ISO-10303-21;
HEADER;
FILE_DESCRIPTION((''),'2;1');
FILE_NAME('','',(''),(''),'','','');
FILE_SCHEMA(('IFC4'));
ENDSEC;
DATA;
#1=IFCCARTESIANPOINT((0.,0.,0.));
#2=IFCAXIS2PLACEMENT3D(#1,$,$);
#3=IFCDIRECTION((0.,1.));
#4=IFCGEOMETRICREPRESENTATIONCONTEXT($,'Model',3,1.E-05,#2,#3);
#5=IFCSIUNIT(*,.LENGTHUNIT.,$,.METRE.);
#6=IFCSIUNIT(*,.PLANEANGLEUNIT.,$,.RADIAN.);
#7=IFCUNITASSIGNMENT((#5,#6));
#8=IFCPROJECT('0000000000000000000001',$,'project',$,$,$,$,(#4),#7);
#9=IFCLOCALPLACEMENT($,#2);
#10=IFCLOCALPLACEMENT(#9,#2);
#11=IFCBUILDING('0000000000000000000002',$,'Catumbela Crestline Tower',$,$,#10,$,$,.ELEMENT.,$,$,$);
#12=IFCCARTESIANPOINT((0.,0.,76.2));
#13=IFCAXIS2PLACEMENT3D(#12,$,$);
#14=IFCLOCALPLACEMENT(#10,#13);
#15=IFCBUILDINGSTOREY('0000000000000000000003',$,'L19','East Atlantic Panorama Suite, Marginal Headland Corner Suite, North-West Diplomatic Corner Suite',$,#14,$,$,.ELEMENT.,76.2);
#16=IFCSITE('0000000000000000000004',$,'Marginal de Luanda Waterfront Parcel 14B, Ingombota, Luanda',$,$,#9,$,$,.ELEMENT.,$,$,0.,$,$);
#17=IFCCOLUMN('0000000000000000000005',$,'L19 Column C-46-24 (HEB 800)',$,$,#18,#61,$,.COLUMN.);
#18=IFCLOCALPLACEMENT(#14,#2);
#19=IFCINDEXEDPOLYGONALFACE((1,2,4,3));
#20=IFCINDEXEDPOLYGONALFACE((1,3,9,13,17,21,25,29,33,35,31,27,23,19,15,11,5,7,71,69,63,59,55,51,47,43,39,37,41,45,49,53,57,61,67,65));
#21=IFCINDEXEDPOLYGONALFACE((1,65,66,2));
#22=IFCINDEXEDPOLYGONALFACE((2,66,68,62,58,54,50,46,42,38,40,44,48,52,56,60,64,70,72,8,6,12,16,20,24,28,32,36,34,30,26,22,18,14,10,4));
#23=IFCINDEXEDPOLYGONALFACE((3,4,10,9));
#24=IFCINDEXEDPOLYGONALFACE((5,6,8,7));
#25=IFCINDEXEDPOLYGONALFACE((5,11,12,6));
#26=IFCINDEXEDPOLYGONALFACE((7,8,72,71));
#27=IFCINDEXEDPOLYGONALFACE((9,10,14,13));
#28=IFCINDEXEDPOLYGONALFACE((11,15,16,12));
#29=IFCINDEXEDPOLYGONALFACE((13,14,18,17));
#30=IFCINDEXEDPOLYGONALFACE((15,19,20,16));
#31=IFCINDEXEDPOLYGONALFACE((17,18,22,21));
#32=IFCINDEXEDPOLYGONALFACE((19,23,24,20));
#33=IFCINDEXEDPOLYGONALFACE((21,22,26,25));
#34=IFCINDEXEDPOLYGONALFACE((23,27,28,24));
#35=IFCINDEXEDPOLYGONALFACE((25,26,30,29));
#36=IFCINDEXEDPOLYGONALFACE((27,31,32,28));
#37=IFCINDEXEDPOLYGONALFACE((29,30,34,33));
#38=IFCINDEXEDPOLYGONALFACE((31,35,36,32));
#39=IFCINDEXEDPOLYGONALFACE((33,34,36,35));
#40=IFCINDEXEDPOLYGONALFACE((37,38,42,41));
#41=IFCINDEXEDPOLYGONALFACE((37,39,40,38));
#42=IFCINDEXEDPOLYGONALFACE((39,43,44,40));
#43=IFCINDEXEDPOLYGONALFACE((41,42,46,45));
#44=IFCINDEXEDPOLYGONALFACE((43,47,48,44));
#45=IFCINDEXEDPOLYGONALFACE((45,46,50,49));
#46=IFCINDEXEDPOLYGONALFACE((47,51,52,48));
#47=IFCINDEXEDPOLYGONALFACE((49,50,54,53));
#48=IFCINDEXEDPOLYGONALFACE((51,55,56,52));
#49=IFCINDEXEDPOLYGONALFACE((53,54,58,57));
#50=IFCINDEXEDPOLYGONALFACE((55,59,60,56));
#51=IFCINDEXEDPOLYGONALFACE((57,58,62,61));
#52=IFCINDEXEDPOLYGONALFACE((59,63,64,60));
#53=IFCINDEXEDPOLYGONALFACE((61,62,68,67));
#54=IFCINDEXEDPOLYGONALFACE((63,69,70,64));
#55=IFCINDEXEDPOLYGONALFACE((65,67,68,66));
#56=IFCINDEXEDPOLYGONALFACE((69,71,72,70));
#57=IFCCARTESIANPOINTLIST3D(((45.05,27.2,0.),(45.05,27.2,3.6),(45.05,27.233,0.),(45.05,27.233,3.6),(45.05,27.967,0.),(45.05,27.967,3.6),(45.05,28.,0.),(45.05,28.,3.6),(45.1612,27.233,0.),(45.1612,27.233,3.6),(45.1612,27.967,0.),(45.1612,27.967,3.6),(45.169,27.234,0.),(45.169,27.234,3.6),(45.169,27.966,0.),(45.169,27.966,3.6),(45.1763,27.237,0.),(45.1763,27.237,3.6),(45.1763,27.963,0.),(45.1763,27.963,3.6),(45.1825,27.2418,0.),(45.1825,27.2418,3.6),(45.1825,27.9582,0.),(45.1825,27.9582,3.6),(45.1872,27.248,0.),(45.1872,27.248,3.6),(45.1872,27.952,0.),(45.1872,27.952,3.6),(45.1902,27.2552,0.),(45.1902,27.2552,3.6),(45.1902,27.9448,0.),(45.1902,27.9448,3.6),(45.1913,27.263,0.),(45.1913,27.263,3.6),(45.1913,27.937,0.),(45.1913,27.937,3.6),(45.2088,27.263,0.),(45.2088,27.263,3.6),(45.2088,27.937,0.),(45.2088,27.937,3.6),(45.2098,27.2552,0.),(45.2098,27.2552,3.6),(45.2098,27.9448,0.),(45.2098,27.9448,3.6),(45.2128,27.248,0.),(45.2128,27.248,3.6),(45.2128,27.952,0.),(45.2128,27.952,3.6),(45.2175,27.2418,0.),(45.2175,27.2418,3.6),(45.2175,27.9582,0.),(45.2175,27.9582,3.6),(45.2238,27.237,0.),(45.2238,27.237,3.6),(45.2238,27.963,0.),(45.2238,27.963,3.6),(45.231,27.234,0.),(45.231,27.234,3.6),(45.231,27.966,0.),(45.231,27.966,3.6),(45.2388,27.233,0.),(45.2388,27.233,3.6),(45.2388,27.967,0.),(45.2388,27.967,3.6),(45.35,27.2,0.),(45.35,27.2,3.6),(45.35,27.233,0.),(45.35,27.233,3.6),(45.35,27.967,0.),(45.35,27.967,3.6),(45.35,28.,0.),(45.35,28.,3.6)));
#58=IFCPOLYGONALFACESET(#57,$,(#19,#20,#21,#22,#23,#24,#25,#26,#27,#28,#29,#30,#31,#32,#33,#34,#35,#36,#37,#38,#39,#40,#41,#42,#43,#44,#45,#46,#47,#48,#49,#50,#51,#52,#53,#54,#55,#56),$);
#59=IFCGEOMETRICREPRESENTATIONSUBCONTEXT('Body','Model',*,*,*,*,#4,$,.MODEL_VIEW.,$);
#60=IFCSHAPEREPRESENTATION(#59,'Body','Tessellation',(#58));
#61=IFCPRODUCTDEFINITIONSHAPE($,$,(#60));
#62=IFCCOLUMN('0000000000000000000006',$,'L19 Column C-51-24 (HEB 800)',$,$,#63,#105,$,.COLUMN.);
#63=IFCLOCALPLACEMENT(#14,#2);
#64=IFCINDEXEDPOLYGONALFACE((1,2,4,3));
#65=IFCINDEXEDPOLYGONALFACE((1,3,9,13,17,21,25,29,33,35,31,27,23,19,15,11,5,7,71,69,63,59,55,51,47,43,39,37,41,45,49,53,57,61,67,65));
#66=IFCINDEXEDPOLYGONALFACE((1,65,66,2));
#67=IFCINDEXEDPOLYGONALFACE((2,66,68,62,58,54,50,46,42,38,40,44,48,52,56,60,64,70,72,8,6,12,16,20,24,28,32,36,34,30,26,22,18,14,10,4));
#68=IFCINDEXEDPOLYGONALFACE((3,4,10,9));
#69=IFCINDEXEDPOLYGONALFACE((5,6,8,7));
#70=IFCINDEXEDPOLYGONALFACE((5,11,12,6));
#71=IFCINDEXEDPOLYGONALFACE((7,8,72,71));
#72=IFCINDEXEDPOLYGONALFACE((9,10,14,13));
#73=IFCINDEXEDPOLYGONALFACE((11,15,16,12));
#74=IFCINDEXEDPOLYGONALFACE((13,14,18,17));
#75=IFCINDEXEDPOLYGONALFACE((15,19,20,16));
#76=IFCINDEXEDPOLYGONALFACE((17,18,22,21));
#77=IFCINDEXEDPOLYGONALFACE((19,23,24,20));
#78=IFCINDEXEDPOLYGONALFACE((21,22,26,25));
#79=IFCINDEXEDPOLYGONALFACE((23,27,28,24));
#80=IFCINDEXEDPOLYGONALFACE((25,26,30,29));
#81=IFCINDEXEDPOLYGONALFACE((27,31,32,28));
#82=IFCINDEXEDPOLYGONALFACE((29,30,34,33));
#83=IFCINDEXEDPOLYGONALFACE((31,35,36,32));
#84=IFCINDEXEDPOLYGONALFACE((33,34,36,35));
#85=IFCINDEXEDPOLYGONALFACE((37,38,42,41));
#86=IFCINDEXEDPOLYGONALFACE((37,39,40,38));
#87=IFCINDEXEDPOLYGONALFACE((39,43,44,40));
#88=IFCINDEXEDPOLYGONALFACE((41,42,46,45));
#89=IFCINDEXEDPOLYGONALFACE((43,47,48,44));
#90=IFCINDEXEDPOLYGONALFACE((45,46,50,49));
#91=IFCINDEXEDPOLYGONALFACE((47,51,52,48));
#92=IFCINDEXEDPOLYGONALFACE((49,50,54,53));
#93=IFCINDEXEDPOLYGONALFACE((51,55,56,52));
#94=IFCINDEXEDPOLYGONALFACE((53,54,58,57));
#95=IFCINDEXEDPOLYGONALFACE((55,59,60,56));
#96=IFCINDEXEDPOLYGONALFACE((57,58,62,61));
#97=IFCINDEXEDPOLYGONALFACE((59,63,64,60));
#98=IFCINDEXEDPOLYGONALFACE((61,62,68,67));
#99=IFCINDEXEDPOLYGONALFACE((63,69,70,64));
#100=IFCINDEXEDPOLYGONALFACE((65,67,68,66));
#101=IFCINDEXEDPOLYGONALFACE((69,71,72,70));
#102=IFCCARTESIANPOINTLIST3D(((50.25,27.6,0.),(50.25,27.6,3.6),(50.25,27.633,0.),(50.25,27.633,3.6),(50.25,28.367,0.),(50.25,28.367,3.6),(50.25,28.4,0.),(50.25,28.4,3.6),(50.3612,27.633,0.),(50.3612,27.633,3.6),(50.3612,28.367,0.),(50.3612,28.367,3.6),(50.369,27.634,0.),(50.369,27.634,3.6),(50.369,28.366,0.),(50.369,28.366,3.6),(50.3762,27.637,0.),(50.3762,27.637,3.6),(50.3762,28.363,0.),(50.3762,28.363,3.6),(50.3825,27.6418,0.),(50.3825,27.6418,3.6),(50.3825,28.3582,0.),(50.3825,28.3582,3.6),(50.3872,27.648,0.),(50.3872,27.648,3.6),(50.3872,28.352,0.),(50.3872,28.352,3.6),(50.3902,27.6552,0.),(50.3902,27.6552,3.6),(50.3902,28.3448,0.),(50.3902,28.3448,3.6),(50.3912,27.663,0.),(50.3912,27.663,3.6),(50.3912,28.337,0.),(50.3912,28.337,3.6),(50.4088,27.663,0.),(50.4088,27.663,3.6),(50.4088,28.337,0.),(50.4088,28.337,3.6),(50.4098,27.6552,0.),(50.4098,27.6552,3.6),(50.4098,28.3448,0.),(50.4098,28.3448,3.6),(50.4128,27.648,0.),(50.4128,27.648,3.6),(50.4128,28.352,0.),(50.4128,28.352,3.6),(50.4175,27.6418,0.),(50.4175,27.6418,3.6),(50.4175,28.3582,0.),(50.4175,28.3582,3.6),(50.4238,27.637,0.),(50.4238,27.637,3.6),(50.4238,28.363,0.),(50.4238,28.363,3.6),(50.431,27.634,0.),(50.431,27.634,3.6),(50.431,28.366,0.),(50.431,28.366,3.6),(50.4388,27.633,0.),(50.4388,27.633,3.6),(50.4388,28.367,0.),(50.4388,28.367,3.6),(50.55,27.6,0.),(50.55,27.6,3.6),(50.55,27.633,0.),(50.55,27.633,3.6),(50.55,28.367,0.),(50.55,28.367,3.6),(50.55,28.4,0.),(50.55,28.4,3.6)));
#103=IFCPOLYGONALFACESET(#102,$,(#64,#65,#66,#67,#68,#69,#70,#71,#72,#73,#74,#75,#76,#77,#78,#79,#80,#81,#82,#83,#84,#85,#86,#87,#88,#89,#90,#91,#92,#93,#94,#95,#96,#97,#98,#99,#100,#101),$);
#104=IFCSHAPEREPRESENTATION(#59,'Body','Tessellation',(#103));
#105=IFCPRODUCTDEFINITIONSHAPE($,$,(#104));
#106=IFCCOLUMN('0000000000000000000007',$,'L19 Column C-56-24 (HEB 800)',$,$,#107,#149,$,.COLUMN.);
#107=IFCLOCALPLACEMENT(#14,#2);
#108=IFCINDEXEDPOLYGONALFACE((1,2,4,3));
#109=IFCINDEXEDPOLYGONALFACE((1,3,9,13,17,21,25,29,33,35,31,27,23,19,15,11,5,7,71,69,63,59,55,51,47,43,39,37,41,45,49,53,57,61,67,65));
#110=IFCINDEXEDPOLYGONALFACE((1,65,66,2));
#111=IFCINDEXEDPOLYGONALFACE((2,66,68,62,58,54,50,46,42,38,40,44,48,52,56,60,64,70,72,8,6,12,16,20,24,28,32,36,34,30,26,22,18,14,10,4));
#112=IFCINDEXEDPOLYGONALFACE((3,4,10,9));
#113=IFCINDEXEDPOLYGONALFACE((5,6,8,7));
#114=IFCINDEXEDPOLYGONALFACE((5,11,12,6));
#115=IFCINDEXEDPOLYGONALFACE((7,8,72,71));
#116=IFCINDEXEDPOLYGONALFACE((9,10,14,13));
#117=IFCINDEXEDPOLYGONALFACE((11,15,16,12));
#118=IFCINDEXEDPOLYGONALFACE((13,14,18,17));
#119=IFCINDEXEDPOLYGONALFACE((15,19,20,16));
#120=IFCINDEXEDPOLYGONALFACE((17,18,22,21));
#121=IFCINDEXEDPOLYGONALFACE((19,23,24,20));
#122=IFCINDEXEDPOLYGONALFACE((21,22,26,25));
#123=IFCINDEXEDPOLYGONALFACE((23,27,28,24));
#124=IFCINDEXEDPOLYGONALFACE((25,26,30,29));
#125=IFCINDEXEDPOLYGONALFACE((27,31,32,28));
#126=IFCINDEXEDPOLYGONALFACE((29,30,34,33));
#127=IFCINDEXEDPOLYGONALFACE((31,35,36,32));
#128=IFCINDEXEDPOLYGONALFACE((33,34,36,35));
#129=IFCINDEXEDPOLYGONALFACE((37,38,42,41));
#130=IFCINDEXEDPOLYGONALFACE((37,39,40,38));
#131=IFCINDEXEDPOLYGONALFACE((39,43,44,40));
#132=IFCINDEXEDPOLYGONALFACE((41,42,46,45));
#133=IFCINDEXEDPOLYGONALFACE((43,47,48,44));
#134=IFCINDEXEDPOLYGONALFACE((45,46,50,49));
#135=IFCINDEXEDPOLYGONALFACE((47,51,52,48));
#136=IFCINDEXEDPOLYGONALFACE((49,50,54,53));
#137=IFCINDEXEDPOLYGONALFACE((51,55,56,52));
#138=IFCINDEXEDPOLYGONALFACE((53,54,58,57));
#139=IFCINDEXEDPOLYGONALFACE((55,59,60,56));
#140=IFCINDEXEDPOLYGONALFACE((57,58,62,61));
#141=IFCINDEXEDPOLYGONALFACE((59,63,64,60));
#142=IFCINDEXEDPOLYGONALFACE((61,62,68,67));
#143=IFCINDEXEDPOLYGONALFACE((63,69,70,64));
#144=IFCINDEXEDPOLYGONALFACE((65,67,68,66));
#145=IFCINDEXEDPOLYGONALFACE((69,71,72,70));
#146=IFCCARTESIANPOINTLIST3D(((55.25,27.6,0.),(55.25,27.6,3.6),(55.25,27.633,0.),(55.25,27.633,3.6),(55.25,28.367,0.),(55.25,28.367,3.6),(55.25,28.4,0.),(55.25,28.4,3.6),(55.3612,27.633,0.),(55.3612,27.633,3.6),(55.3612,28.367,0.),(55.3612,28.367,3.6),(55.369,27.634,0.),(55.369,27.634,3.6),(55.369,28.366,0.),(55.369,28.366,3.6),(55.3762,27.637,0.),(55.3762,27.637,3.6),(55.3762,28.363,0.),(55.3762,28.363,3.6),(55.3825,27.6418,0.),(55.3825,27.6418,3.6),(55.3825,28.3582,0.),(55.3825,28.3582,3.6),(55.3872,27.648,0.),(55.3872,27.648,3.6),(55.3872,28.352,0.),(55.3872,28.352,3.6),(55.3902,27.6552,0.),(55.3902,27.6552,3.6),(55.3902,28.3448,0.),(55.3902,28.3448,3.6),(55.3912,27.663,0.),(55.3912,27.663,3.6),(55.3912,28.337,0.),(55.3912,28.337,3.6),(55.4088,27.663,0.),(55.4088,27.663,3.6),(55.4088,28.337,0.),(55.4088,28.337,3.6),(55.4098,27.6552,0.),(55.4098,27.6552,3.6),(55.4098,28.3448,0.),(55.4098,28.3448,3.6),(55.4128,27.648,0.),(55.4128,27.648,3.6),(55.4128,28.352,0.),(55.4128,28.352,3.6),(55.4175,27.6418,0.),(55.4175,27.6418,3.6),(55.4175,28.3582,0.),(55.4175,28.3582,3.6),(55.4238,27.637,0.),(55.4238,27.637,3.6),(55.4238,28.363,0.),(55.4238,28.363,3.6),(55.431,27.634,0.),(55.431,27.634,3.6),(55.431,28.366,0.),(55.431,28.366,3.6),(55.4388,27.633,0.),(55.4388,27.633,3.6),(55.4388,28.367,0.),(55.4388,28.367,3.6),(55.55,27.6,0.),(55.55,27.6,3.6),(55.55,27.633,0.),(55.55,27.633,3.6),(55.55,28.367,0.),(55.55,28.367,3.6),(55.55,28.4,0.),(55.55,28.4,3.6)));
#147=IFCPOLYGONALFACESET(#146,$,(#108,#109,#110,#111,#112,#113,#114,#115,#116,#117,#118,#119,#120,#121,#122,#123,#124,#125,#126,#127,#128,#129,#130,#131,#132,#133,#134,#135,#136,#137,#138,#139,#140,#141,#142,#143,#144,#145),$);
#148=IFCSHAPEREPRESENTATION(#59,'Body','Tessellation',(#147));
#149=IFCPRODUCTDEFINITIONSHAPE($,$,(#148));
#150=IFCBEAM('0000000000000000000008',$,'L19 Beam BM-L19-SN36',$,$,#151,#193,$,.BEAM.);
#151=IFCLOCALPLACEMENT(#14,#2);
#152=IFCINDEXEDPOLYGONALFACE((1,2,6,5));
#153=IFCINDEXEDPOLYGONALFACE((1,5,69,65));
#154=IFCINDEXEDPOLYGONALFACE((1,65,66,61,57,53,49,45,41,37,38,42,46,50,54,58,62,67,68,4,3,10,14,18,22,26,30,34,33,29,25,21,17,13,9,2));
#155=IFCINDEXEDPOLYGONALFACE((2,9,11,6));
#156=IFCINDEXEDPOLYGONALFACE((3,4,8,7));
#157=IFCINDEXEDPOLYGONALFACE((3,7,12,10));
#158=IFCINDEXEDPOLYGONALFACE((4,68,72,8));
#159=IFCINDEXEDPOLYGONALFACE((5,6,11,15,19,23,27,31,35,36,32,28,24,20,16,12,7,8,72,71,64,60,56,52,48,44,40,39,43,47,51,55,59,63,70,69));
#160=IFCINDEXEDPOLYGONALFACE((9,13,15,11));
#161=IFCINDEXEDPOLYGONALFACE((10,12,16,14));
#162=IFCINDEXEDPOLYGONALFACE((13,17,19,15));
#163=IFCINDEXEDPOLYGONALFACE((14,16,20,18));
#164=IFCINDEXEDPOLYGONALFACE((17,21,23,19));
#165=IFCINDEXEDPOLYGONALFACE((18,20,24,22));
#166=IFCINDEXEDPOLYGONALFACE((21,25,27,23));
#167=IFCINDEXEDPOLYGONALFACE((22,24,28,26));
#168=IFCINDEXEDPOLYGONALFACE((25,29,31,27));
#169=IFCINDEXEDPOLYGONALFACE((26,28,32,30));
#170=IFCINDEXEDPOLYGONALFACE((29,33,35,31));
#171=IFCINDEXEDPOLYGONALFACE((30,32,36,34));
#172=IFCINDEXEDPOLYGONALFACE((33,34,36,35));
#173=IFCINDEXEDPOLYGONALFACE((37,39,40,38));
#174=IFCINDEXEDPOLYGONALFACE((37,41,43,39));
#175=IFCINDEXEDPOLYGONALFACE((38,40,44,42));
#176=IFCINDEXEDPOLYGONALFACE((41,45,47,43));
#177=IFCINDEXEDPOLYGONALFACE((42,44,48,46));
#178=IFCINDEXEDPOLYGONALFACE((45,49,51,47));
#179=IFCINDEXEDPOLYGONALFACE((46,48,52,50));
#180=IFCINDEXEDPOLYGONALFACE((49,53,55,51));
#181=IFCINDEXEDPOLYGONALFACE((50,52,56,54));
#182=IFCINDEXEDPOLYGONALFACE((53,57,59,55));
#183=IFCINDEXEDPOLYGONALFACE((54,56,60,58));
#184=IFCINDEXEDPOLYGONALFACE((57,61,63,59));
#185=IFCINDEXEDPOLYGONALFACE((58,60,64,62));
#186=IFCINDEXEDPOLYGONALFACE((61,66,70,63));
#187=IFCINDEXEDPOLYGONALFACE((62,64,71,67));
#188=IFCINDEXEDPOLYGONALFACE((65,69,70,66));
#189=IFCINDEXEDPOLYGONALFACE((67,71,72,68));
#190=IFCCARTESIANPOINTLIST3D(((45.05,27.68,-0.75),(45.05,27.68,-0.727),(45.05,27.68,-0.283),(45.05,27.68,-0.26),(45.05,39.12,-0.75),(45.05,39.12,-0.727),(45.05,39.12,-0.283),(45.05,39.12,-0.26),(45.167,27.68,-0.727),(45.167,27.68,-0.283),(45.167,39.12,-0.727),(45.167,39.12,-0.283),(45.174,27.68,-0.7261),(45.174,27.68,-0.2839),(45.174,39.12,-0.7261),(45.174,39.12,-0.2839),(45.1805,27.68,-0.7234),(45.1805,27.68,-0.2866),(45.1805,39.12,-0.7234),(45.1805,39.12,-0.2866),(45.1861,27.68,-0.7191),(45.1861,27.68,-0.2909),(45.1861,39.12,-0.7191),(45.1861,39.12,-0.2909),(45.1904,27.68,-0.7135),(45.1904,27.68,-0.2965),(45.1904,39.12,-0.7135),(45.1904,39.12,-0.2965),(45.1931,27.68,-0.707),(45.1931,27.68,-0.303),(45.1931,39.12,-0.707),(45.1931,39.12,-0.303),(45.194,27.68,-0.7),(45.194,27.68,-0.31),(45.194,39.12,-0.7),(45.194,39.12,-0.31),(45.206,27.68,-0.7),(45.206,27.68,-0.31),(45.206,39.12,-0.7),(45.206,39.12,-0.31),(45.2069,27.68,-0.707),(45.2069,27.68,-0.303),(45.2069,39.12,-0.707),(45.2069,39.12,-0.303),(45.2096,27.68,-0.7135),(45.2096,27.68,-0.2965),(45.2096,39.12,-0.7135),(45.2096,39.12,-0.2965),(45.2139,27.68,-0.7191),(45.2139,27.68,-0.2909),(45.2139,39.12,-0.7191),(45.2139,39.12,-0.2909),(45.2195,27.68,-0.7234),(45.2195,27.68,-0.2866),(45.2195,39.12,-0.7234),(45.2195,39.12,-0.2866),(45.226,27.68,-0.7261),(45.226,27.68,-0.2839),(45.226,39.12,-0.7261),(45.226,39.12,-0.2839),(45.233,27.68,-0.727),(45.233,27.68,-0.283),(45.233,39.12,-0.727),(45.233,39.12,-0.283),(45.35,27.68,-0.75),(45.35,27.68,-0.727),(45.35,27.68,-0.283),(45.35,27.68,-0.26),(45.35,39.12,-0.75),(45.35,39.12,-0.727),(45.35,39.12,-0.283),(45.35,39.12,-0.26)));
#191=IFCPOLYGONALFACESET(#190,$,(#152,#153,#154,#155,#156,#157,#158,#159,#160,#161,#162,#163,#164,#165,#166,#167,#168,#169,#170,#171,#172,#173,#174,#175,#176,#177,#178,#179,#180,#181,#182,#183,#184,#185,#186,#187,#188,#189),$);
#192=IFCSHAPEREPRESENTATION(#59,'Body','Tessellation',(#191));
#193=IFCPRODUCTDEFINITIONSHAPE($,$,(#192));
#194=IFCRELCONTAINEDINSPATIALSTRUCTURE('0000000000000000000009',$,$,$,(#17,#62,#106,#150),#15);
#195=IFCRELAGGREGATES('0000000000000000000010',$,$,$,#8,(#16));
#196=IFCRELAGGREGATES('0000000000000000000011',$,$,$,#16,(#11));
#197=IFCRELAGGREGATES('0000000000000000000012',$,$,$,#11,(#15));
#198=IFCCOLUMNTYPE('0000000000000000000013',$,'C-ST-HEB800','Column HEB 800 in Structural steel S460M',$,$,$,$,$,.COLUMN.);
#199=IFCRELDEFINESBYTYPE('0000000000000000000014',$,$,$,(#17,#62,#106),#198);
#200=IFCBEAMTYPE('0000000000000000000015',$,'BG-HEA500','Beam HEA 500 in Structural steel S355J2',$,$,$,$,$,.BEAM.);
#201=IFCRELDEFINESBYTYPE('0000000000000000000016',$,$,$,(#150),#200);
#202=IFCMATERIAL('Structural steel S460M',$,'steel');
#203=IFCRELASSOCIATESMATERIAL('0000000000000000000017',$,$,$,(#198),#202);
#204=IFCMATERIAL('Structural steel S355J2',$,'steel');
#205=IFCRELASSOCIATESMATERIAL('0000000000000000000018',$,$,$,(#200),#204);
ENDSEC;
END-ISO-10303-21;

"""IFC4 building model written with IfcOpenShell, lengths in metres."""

from ifc_helpers import new_model, si_unit, direction, frame, origin, origin_2d, place, context, subcontext, project, spatial, i_section, extrude, material, material_profile, profile_set, type_object, element, save


model = new_model("IFC4")

# Units and contexts
model_context = context("Model", 3, precision=1e-05, world=origin(), true_north=direction((0.0, 1.0)))
body_context = subcontext(model_context, "Body", "Model", "MODEL_VIEW")
ifc_project = project(units=[si_unit("LENGTHUNIT", "METRE"), si_unit("PLANEANGLEUNIT", "RADIAN")], contexts=[model_context])

# Site, building, storey
site_placement = place(None, origin())
site = spatial("IfcSite", under=ifc_project, at=site_placement, Name="Marginal de Luanda Waterfront Parcel 14B, Ingombota, Luanda", CompositionType="ELEMENT", RefElevation=0.0)
building_placement = place(site_placement, origin())
building = spatial("IfcBuilding", under=site, at=building_placement, Name="Catumbela Crestline Tower", CompositionType="ELEMENT")
storey_placement = place(building_placement, frame((0.0, 0.0, 76.2)))
storey = spatial("IfcBuildingStorey", under=building, at=storey_placement, Name="L19", Description="East Atlantic Panorama Suite, Marginal Headland Corner Suite, North-West Diplomatic Corner Suite", CompositionType="ELEMENT", Elevation=76.2)

# Columns
ifc_material_1 = material(Name="Structural steel S460M", Category="steel")
ifc_material_profile_1 = material_profile(ifc_material_1, i_section(OverallWidth=0.3, OverallDepth=0.8, WebThickness=0.0175, FlangeThickness=0.033, FilletRadius=0.03, at=origin_2d()), Name="HEB 800")
ifc_profile_set_1 = profile_set([ifc_material_profile_1], Name="Structural steel S460M")
column_type = type_object("IfcColumnType", Name="C-ST-HEB800", Description="Column HEB 800 in Structural steel S460M", PredefinedType="COLUMN", material=ifc_profile_set_1)
for number, where, z_axis, x_axis, name in (
    (1, (45.2, 27.6, 0.0), (0.0, 0.0, 1.0), (1.0, 0.0, 0.0), "L19 Column C-46-24 (HEB 800)"),
    (2, (50.4, 28.0, 0.0), (0.0, 0.0, 1.0), (1.0, 0.0, 0.0), "L19 Column C-51-24 (HEB 800)"),
    (3, (55.4, 28.0, 0.0), (0.0, 0.0, 1.0), (1.0, 0.0, 0.0), "L19 Column C-56-24 (HEB 800)"),
):
    element("IfcColumn", number, at=place(storey_placement, frame(where, z_axis=z_axis, x_axis=x_axis)), inside=storey, type_object=column_type, Name=name, PredefinedType="COLUMN", context=body_context, shape_type="SweptSolid", body=[
        extrude(i_section(OverallWidth=0.3, OverallDepth=0.8, WebThickness=0.0175, FlangeThickness=0.033, FilletRadius=0.03, at=origin_2d()), origin(), (0.0, 0.0, 1.0), 3.6),
    ])

# Beam
ifc_material_2 = material(Name="Structural steel S355J2", Category="steel")
ifc_material_profile_2 = material_profile(ifc_material_2, i_section(OverallWidth=0.3, OverallDepth=0.49, WebThickness=0.012, FlangeThickness=0.023, FilletRadius=0.027, at=origin_2d()), Name="HEA 500")
ifc_profile_set_2 = profile_set([ifc_material_profile_2], Name="Structural steel S355J2")
beam_type_1 = type_object("IfcBeamType", Name="BG-HEA500", Description="Beam HEA 500 in Structural steel S355J2", PredefinedType="BEAM", material=ifc_profile_set_2)
beam_1_placement = place(storey_placement, frame((45.2, 27.68, -0.505), z_axis=(0.0, 1.0, 0.0), x_axis=(-1.0, 0.0, 0.0)))
element("IfcBeam", 4, at=beam_1_placement, inside=storey, type_object=beam_type_1, Name="L19 Beam BM-L19-SN36", PredefinedType="BEAM", context=body_context, shape_type="SweptSolid", body=[
    extrude(i_section(OverallWidth=0.3, OverallDepth=0.49, WebThickness=0.012, FlangeThickness=0.023, FilletRadius=0.027, at=origin_2d()), origin(), (0.0, 0.0, 1.0), 11.44),
])

save(model, "model.ifc")
